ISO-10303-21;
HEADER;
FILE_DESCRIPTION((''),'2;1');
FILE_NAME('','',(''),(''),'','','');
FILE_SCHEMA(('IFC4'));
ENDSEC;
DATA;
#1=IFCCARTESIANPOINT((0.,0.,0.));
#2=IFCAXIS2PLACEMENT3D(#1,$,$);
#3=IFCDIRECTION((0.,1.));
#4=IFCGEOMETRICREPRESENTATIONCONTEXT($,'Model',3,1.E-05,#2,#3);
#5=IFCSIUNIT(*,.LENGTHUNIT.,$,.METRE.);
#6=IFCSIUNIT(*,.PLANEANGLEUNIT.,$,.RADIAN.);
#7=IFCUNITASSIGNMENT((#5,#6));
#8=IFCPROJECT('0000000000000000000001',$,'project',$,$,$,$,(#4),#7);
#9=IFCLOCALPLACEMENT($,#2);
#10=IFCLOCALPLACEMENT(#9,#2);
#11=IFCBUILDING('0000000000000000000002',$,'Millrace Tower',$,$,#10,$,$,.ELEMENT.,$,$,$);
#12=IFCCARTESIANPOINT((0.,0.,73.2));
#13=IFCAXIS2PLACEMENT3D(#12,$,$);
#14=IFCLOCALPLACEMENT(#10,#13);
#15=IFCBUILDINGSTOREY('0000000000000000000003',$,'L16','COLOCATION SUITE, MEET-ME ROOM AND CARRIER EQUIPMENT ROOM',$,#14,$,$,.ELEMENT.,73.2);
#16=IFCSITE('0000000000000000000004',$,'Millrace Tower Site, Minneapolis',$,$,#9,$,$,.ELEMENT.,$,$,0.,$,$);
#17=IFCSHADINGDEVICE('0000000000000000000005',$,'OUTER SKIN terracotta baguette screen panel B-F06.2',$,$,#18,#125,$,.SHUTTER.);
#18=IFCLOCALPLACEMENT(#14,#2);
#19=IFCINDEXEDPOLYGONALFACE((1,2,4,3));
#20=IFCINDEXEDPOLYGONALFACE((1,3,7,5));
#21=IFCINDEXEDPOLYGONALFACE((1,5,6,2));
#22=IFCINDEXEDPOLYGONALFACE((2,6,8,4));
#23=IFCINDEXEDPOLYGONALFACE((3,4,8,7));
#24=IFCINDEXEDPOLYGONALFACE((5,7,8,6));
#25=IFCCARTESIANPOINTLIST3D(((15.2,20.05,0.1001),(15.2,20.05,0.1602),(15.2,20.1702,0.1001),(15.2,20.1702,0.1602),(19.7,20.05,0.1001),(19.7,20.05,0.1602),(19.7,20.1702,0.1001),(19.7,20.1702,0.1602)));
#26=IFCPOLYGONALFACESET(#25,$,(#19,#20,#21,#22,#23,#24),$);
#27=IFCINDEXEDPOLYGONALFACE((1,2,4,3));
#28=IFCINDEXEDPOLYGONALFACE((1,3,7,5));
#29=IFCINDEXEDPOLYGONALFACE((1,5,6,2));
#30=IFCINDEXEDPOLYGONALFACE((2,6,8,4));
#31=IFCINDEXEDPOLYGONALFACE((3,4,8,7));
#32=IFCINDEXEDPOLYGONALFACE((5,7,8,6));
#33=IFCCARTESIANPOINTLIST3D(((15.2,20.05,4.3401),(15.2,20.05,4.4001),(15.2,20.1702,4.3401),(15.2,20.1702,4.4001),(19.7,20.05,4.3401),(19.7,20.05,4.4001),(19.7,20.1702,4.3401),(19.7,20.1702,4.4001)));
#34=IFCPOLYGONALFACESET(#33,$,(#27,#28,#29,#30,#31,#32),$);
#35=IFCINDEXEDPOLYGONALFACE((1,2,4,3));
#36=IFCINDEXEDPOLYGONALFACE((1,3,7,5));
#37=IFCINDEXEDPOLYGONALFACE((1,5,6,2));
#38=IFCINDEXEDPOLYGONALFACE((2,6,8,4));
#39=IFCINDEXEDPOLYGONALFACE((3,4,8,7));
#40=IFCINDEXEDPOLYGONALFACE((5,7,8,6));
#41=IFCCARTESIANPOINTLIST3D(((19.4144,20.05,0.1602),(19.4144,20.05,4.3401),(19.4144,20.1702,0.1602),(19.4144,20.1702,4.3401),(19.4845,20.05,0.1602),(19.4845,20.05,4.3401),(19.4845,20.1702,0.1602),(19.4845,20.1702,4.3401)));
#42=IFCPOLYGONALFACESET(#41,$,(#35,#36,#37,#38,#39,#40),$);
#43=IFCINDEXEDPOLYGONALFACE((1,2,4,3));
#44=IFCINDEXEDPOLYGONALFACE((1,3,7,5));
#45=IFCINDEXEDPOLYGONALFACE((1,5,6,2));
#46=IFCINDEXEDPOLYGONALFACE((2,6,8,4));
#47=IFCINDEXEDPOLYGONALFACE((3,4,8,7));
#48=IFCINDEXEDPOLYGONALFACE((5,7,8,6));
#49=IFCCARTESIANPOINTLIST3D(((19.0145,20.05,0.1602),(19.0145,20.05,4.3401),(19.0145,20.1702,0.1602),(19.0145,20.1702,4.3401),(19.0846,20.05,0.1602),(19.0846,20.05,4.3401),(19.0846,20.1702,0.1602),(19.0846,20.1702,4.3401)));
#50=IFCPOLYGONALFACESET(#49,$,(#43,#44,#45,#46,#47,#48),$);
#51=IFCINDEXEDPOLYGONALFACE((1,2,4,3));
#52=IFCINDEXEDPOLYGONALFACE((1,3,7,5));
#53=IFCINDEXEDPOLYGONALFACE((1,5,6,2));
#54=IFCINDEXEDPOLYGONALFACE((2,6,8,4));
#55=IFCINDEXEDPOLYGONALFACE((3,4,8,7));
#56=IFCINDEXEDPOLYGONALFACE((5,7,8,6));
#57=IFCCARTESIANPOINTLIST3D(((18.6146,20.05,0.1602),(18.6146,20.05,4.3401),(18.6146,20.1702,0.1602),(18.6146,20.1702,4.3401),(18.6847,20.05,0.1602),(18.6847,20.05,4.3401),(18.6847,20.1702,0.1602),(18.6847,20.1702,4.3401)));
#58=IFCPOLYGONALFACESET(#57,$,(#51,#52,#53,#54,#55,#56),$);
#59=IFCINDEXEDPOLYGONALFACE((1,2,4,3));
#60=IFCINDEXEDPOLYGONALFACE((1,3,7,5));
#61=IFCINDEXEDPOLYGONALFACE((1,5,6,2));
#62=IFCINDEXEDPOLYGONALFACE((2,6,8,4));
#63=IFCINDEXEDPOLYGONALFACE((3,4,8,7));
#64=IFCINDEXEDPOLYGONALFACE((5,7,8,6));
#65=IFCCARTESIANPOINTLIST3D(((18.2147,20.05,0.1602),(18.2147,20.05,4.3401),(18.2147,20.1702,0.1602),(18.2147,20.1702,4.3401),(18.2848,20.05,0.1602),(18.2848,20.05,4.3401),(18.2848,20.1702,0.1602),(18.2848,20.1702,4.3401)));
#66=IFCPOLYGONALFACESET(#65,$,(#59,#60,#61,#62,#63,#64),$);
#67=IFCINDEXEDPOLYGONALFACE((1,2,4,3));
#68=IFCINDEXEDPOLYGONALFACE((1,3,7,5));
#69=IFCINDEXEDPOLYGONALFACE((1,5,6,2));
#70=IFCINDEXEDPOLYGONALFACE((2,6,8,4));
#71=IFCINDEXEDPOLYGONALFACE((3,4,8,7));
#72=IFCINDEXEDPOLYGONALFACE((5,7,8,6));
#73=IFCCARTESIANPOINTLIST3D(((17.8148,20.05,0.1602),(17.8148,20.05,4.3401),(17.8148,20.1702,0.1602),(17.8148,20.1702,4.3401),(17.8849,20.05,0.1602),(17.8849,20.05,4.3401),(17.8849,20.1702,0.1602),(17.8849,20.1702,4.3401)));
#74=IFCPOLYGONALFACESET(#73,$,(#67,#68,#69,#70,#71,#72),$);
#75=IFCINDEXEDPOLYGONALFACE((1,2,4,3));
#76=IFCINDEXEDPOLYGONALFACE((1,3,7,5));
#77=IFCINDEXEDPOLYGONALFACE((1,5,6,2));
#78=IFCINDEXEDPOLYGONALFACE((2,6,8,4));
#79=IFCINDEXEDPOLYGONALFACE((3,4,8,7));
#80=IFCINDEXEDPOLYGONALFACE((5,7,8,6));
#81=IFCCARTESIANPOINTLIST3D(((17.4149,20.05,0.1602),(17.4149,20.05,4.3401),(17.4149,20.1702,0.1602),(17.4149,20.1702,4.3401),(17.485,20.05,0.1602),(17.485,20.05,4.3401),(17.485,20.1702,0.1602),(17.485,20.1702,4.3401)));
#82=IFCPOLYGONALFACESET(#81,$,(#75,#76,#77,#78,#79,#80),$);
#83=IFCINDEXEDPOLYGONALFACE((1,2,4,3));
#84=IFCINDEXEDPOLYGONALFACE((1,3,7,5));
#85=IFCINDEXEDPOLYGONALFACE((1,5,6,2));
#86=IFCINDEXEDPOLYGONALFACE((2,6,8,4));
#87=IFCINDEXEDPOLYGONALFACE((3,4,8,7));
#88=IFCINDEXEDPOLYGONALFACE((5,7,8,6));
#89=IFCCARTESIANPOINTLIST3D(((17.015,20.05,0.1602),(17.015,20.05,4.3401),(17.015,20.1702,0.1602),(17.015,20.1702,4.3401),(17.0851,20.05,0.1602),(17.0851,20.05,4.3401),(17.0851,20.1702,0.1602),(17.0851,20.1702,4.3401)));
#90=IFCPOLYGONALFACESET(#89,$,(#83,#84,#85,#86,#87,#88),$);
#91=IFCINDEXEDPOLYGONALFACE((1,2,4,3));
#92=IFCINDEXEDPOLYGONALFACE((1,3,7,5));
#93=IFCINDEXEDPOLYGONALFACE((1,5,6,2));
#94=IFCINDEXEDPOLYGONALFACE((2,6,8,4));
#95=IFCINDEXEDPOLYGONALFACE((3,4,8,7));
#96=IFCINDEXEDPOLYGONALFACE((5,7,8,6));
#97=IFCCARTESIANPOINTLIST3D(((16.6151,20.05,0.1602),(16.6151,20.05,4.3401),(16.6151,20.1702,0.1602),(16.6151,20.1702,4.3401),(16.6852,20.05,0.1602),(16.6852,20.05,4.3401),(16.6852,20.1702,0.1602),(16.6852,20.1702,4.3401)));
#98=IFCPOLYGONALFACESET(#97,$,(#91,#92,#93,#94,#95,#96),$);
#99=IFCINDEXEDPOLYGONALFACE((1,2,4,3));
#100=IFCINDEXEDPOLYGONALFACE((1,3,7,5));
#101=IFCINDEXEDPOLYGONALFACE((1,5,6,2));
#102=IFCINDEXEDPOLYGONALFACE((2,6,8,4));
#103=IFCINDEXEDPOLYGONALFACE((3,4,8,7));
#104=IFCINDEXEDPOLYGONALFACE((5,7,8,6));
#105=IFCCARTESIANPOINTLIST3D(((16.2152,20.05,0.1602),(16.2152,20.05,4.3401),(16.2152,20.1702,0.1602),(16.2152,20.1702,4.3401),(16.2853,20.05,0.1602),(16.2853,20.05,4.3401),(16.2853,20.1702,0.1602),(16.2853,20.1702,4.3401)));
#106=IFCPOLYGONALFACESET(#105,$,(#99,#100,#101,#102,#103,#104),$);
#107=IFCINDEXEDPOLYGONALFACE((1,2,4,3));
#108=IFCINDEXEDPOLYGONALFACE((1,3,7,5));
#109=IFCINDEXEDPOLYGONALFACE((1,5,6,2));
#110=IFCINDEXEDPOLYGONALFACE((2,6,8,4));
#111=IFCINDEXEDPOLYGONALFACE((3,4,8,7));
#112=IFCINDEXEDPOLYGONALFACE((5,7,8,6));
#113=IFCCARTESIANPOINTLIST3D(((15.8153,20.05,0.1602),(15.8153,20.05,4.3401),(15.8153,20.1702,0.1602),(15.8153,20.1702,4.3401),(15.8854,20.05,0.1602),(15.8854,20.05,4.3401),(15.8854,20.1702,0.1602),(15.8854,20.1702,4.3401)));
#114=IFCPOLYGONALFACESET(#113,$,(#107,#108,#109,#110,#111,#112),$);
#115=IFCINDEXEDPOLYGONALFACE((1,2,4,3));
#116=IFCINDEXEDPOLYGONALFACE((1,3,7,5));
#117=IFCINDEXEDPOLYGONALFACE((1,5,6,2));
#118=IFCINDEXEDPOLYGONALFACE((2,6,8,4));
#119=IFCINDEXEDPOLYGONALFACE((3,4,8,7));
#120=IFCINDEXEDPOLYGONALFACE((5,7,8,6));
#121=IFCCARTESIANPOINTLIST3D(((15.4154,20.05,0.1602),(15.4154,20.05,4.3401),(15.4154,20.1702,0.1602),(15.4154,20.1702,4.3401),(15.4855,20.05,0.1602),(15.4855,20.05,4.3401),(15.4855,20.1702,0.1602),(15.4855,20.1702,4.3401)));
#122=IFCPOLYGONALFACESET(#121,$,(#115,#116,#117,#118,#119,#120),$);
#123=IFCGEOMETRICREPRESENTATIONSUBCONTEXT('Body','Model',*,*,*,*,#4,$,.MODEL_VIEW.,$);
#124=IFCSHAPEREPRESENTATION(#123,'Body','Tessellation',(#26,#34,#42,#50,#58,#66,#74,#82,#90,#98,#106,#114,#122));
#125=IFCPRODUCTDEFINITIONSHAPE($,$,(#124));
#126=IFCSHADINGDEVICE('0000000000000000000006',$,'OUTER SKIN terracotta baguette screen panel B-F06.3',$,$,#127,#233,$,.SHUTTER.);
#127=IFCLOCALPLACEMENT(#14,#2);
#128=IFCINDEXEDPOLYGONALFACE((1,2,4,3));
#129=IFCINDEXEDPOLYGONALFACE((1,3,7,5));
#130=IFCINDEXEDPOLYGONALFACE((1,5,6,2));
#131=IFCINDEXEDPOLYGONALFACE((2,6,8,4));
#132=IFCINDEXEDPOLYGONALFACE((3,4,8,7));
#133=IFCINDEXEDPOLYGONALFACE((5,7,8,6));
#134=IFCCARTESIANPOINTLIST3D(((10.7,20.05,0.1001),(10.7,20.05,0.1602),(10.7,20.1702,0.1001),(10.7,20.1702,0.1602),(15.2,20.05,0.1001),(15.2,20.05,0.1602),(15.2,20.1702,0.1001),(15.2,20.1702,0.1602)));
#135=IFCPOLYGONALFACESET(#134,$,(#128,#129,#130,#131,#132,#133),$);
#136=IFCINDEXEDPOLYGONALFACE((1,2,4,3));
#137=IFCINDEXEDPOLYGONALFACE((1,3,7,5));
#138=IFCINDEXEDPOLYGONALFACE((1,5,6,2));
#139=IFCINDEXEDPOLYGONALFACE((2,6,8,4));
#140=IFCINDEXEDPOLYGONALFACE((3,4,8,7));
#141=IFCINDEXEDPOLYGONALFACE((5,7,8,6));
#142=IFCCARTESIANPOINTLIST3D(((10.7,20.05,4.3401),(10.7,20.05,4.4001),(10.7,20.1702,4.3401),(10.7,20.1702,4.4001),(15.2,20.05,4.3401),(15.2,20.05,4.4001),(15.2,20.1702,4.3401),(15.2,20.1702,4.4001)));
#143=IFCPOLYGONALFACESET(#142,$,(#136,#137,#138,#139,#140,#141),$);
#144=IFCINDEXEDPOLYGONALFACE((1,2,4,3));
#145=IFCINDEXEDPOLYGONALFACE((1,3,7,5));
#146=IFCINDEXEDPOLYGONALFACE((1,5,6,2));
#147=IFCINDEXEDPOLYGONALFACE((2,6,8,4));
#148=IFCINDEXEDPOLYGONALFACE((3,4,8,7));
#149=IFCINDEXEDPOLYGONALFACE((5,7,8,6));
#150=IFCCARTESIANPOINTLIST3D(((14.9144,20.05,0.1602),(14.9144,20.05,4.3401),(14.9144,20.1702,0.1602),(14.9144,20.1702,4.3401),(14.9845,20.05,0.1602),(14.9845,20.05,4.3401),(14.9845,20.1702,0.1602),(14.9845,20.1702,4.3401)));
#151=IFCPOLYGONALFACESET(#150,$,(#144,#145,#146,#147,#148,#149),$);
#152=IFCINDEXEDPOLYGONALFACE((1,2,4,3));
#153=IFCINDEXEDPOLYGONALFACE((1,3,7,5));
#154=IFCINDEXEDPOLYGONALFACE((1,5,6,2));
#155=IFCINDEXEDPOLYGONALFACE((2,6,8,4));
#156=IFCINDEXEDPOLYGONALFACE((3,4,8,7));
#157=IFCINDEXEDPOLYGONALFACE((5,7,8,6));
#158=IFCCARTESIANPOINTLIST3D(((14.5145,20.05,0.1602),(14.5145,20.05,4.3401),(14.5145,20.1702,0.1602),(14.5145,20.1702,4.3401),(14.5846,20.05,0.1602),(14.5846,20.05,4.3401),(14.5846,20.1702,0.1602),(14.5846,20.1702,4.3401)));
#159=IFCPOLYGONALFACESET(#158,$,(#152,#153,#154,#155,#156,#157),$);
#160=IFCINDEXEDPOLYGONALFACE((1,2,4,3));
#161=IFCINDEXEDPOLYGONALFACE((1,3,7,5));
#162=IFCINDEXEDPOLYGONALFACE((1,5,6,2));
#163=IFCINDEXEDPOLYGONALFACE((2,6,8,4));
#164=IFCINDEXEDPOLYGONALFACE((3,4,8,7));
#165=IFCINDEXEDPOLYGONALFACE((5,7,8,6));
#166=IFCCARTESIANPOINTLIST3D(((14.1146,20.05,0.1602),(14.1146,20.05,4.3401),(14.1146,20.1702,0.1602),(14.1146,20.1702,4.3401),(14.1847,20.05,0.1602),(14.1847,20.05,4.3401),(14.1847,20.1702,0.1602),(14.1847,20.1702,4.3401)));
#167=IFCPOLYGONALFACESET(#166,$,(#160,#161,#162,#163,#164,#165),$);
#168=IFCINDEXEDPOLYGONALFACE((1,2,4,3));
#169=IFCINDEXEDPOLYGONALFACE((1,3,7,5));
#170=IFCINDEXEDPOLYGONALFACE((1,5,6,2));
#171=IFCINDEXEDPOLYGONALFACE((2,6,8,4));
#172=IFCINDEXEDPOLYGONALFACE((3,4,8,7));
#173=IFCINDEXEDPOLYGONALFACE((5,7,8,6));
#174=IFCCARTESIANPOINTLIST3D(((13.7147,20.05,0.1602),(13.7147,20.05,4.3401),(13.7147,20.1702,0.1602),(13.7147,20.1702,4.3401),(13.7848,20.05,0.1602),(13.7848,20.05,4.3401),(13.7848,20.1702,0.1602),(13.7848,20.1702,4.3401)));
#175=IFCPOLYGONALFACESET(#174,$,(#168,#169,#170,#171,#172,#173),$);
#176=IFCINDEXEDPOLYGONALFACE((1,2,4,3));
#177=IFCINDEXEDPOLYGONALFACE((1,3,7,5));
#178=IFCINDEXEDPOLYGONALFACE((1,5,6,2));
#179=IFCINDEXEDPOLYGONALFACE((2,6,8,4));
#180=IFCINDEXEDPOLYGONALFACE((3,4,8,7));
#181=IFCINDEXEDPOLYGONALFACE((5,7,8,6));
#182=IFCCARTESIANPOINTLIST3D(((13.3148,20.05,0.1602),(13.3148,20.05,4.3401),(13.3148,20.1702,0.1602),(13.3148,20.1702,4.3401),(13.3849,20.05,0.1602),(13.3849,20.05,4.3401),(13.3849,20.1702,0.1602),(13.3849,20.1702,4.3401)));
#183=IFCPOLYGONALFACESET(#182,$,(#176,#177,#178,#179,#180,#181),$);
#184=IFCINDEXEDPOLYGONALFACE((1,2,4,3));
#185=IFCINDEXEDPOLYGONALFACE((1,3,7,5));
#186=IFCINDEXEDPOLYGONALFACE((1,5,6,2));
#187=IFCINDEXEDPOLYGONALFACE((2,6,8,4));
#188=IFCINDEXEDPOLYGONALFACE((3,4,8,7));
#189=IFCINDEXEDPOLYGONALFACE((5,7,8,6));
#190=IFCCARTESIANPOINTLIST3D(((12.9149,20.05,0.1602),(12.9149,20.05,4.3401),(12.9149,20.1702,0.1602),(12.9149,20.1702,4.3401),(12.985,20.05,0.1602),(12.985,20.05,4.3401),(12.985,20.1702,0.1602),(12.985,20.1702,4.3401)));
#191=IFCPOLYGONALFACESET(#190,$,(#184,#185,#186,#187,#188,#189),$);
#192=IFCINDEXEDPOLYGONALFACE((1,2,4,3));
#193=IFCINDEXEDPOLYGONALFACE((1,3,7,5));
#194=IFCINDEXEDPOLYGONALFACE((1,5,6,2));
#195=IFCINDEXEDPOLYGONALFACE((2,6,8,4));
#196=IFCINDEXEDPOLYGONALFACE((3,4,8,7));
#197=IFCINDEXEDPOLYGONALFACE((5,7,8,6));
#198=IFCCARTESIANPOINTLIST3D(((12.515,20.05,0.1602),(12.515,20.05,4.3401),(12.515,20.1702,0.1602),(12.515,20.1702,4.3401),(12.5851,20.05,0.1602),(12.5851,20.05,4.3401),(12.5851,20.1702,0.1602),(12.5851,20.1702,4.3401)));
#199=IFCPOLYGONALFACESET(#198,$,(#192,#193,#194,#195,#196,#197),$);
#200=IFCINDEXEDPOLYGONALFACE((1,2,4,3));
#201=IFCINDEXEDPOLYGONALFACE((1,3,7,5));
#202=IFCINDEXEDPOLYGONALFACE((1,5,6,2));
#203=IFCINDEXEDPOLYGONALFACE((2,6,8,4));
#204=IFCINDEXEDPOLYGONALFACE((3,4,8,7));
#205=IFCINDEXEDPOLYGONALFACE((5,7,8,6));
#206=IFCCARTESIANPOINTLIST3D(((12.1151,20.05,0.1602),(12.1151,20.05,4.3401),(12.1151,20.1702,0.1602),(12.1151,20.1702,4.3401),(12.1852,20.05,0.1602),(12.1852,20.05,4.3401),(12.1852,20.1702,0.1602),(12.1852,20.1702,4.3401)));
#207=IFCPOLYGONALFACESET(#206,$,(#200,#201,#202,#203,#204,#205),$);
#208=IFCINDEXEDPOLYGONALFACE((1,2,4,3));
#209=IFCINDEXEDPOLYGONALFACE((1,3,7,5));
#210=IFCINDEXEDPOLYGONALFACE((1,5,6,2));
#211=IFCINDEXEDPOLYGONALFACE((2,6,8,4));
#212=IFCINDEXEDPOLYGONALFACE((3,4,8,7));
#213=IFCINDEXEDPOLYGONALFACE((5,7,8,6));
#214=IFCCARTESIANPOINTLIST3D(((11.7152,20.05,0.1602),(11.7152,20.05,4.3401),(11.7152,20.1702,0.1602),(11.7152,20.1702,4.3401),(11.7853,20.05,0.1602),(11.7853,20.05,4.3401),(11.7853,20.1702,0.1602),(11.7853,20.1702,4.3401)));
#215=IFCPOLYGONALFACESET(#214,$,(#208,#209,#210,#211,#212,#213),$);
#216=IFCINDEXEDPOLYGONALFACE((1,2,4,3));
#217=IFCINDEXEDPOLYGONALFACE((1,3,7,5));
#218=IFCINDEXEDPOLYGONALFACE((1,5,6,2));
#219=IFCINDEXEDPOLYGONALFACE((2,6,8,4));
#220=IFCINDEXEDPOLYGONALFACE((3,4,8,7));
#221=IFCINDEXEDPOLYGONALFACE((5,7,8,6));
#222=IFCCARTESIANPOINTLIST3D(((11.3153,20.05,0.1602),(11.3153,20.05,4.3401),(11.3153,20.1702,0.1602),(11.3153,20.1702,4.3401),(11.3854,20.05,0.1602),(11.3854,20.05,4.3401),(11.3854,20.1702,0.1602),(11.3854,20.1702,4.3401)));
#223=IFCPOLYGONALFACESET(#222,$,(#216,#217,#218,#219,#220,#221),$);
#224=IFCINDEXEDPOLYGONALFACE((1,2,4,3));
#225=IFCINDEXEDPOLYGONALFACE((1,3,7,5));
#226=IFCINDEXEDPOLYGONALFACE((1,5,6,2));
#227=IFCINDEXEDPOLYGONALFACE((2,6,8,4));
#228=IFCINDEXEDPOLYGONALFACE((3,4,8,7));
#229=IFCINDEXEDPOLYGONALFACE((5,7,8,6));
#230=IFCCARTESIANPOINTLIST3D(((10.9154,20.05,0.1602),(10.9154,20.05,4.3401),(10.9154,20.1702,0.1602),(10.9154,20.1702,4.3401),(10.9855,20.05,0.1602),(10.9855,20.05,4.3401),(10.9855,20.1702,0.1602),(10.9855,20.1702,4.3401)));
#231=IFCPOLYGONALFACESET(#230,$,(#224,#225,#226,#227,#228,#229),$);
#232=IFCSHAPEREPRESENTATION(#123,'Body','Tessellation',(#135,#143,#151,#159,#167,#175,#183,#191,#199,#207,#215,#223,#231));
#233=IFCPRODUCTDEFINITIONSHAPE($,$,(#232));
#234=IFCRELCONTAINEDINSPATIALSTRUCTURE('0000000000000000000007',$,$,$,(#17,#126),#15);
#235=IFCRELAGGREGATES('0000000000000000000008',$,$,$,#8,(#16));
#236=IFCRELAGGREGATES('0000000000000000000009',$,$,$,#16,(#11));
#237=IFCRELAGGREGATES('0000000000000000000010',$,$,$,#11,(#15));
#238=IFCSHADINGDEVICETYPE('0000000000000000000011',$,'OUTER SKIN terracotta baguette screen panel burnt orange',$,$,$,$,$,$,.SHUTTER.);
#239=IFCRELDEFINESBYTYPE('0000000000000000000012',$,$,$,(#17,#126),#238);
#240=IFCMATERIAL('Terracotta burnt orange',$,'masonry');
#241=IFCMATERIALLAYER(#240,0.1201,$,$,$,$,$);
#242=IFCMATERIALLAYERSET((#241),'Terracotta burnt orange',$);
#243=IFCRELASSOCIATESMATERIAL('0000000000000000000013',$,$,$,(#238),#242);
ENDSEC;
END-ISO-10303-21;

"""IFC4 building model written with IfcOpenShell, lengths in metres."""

from ifc_helpers import new_model, entity, si_unit, direction, frame, frame_2d, origin, origin_2d, place, context, subcontext, project, spatial, rectangle, extrude, source, transform, mapped, material, layer, layer_set, type_object, element, save


model = new_model("IFC4")

# Units and contexts
model_context = context("Model", 3, precision=1e-05, world=origin(), true_north=direction((0.0, 1.0)))
body_context = subcontext(model_context, "Body", "Model", "MODEL_VIEW")
ifc_project = project(units=[si_unit("LENGTHUNIT", "METRE"), si_unit("PLANEANGLEUNIT", "RADIAN")], contexts=[model_context])

# Site, building, storey
site_placement = place(None, origin())
site = spatial("IfcSite", under=ifc_project, at=site_placement, Name="Millrace Tower Site, Minneapolis", CompositionType="ELEMENT", RefElevation=0.0)
building_placement = place(site_placement, origin())
building = spatial("IfcBuilding", under=site, at=building_placement, Name="Millrace Tower", CompositionType="ELEMENT")
storey_placement = place(building_placement, frame((0.0, 0.0, 73.2)))
storey = spatial("IfcBuildingStorey", under=building, at=storey_placement, Name="L16", Description="COLOCATION SUITE, MEET-ME ROOM AND CARRIER EQUIPMENT ROOM", CompositionType="ELEMENT", Elevation=73.2)

# Shading devices
ifc_material_1 = material(Name="Terracotta burnt orange", Category="masonry")
ifc_layer_1 = layer(ifc_material_1, 0.1201)
ifc_layer_set_1 = layer_set([ifc_layer_1], Name="Terracotta burnt orange")
shading_device_type = type_object("IfcShadingDeviceType", Name="OUTER SKIN terracotta baguette screen panel burnt orange", PredefinedType="SHUTTER", material=ifc_layer_set_1)
cartesian_point_1 = entity("IfcCartesianPoint", [-2.25, 0.0601])
shared_polyline_1 = entity("IfcPolyline", [cartesian_point_1, entity("IfcCartesianPoint", [2.25, 0.0601]), entity("IfcCartesianPoint", [2.25, -0.0601]), entity("IfcCartesianPoint", [-2.25, -0.0601]), cartesian_point_1])
shared_shape_1 = source(origin(), body_context, "Body", "SweptSolid", [
    entity("IfcExtrudedAreaSolid", entity("IfcArbitraryClosedProfileDef", "AREA", None, shared_polyline_1), entity("IfcAxis2Placement3D", entity("IfcCartesianPoint", [0.0, 0.0, 0.0])), entity("IfcDirection", [0.0, 0.0, 1.0]), 0.0601),
    entity("IfcExtrudedAreaSolid", entity("IfcArbitraryClosedProfileDef", "AREA", None, shared_polyline_1), entity("IfcAxis2Placement3D", entity("IfcCartesianPoint", [0.0, 0.0, 4.24])), entity("IfcDirection", [0.0, 0.0, 1.0]), 0.0601),
    extrude(rectangle(XDim=0.0701, YDim=0.1201, at=frame_2d((-1.9995, 0.0))), frame((0.0, 0.0, 0.0601)), (0.0, 0.0, 1.0), 4.1799),
    extrude(rectangle(XDim=0.0701, YDim=0.1201, at=frame_2d((-1.5996, 0.0))), frame((0.0, 0.0, 0.0601)), (0.0, 0.0, 1.0), 4.1799),
    extrude(rectangle(XDim=0.0701, YDim=0.1201, at=frame_2d((-1.1997, 0.0))), frame((0.0, 0.0, 0.0601)), (0.0, 0.0, 1.0), 4.1799),
    extrude(rectangle(XDim=0.0701, YDim=0.1201, at=frame_2d((-0.7998, 0.0))), frame((0.0, 0.0, 0.0601)), (0.0, 0.0, 1.0), 4.1799),
    extrude(rectangle(XDim=0.0701, YDim=0.1201, at=frame_2d((-0.3999, 0.0))), frame((0.0, 0.0, 0.0601)), (0.0, 0.0, 1.0), 4.1799),
    extrude(rectangle(XDim=0.0701, YDim=0.1201, at=origin_2d()), frame((0.0, 0.0, 0.0601)), (0.0, 0.0, 1.0), 4.1799),
    extrude(rectangle(XDim=0.0701, YDim=0.1201, at=frame_2d((0.3999, 0.0))), frame((0.0, 0.0, 0.0601)), (0.0, 0.0, 1.0), 4.1799),
    extrude(rectangle(XDim=0.0701, YDim=0.1201, at=frame_2d((0.7998, 0.0))), frame((0.0, 0.0, 0.0601)), (0.0, 0.0, 1.0), 4.1799),
    extrude(rectangle(XDim=0.0701, YDim=0.1201, at=frame_2d((1.1997, 0.0))), frame((0.0, 0.0, 0.0601)), (0.0, 0.0, 1.0), 4.1799),
    extrude(rectangle(XDim=0.0701, YDim=0.1201, at=frame_2d((1.5996, 0.0))), frame((0.0, 0.0, 0.0601)), (0.0, 0.0, 1.0), 4.1799),
    extrude(rectangle(XDim=0.0701, YDim=0.1201, at=frame_2d((1.9995, 0.0))), frame((0.0, 0.0, 0.0601)), (0.0, 0.0, 1.0), 4.1799),
])
for number, where, z_axis, x_axis, name in (
    (1, (17.45, 20.1101, 0.1001), (0.0, 0.0, 1.0), (-1.0, 0.0, 0.0), "OUTER SKIN terracotta baguette screen panel B-F06.2"),
    (2, (12.95, 20.1101, 0.1001), (0.0, 0.0, 1.0), (-1.0, 0.0, 0.0), "OUTER SKIN terracotta baguette screen panel B-F06.3"),
):
    element("IfcShadingDevice", number, at=place(storey_placement, frame(where, z_axis=z_axis, x_axis=x_axis)), inside=storey, type_object=shading_device_type, Name=name, PredefinedType="SHUTTER", context=body_context, shape_type="MappedRepresentation", body=[
        mapped(shared_shape_1, transform((0.0, 0.0, 0.0), scale=1.0)),
    ])

save(model, "model.ifc")
